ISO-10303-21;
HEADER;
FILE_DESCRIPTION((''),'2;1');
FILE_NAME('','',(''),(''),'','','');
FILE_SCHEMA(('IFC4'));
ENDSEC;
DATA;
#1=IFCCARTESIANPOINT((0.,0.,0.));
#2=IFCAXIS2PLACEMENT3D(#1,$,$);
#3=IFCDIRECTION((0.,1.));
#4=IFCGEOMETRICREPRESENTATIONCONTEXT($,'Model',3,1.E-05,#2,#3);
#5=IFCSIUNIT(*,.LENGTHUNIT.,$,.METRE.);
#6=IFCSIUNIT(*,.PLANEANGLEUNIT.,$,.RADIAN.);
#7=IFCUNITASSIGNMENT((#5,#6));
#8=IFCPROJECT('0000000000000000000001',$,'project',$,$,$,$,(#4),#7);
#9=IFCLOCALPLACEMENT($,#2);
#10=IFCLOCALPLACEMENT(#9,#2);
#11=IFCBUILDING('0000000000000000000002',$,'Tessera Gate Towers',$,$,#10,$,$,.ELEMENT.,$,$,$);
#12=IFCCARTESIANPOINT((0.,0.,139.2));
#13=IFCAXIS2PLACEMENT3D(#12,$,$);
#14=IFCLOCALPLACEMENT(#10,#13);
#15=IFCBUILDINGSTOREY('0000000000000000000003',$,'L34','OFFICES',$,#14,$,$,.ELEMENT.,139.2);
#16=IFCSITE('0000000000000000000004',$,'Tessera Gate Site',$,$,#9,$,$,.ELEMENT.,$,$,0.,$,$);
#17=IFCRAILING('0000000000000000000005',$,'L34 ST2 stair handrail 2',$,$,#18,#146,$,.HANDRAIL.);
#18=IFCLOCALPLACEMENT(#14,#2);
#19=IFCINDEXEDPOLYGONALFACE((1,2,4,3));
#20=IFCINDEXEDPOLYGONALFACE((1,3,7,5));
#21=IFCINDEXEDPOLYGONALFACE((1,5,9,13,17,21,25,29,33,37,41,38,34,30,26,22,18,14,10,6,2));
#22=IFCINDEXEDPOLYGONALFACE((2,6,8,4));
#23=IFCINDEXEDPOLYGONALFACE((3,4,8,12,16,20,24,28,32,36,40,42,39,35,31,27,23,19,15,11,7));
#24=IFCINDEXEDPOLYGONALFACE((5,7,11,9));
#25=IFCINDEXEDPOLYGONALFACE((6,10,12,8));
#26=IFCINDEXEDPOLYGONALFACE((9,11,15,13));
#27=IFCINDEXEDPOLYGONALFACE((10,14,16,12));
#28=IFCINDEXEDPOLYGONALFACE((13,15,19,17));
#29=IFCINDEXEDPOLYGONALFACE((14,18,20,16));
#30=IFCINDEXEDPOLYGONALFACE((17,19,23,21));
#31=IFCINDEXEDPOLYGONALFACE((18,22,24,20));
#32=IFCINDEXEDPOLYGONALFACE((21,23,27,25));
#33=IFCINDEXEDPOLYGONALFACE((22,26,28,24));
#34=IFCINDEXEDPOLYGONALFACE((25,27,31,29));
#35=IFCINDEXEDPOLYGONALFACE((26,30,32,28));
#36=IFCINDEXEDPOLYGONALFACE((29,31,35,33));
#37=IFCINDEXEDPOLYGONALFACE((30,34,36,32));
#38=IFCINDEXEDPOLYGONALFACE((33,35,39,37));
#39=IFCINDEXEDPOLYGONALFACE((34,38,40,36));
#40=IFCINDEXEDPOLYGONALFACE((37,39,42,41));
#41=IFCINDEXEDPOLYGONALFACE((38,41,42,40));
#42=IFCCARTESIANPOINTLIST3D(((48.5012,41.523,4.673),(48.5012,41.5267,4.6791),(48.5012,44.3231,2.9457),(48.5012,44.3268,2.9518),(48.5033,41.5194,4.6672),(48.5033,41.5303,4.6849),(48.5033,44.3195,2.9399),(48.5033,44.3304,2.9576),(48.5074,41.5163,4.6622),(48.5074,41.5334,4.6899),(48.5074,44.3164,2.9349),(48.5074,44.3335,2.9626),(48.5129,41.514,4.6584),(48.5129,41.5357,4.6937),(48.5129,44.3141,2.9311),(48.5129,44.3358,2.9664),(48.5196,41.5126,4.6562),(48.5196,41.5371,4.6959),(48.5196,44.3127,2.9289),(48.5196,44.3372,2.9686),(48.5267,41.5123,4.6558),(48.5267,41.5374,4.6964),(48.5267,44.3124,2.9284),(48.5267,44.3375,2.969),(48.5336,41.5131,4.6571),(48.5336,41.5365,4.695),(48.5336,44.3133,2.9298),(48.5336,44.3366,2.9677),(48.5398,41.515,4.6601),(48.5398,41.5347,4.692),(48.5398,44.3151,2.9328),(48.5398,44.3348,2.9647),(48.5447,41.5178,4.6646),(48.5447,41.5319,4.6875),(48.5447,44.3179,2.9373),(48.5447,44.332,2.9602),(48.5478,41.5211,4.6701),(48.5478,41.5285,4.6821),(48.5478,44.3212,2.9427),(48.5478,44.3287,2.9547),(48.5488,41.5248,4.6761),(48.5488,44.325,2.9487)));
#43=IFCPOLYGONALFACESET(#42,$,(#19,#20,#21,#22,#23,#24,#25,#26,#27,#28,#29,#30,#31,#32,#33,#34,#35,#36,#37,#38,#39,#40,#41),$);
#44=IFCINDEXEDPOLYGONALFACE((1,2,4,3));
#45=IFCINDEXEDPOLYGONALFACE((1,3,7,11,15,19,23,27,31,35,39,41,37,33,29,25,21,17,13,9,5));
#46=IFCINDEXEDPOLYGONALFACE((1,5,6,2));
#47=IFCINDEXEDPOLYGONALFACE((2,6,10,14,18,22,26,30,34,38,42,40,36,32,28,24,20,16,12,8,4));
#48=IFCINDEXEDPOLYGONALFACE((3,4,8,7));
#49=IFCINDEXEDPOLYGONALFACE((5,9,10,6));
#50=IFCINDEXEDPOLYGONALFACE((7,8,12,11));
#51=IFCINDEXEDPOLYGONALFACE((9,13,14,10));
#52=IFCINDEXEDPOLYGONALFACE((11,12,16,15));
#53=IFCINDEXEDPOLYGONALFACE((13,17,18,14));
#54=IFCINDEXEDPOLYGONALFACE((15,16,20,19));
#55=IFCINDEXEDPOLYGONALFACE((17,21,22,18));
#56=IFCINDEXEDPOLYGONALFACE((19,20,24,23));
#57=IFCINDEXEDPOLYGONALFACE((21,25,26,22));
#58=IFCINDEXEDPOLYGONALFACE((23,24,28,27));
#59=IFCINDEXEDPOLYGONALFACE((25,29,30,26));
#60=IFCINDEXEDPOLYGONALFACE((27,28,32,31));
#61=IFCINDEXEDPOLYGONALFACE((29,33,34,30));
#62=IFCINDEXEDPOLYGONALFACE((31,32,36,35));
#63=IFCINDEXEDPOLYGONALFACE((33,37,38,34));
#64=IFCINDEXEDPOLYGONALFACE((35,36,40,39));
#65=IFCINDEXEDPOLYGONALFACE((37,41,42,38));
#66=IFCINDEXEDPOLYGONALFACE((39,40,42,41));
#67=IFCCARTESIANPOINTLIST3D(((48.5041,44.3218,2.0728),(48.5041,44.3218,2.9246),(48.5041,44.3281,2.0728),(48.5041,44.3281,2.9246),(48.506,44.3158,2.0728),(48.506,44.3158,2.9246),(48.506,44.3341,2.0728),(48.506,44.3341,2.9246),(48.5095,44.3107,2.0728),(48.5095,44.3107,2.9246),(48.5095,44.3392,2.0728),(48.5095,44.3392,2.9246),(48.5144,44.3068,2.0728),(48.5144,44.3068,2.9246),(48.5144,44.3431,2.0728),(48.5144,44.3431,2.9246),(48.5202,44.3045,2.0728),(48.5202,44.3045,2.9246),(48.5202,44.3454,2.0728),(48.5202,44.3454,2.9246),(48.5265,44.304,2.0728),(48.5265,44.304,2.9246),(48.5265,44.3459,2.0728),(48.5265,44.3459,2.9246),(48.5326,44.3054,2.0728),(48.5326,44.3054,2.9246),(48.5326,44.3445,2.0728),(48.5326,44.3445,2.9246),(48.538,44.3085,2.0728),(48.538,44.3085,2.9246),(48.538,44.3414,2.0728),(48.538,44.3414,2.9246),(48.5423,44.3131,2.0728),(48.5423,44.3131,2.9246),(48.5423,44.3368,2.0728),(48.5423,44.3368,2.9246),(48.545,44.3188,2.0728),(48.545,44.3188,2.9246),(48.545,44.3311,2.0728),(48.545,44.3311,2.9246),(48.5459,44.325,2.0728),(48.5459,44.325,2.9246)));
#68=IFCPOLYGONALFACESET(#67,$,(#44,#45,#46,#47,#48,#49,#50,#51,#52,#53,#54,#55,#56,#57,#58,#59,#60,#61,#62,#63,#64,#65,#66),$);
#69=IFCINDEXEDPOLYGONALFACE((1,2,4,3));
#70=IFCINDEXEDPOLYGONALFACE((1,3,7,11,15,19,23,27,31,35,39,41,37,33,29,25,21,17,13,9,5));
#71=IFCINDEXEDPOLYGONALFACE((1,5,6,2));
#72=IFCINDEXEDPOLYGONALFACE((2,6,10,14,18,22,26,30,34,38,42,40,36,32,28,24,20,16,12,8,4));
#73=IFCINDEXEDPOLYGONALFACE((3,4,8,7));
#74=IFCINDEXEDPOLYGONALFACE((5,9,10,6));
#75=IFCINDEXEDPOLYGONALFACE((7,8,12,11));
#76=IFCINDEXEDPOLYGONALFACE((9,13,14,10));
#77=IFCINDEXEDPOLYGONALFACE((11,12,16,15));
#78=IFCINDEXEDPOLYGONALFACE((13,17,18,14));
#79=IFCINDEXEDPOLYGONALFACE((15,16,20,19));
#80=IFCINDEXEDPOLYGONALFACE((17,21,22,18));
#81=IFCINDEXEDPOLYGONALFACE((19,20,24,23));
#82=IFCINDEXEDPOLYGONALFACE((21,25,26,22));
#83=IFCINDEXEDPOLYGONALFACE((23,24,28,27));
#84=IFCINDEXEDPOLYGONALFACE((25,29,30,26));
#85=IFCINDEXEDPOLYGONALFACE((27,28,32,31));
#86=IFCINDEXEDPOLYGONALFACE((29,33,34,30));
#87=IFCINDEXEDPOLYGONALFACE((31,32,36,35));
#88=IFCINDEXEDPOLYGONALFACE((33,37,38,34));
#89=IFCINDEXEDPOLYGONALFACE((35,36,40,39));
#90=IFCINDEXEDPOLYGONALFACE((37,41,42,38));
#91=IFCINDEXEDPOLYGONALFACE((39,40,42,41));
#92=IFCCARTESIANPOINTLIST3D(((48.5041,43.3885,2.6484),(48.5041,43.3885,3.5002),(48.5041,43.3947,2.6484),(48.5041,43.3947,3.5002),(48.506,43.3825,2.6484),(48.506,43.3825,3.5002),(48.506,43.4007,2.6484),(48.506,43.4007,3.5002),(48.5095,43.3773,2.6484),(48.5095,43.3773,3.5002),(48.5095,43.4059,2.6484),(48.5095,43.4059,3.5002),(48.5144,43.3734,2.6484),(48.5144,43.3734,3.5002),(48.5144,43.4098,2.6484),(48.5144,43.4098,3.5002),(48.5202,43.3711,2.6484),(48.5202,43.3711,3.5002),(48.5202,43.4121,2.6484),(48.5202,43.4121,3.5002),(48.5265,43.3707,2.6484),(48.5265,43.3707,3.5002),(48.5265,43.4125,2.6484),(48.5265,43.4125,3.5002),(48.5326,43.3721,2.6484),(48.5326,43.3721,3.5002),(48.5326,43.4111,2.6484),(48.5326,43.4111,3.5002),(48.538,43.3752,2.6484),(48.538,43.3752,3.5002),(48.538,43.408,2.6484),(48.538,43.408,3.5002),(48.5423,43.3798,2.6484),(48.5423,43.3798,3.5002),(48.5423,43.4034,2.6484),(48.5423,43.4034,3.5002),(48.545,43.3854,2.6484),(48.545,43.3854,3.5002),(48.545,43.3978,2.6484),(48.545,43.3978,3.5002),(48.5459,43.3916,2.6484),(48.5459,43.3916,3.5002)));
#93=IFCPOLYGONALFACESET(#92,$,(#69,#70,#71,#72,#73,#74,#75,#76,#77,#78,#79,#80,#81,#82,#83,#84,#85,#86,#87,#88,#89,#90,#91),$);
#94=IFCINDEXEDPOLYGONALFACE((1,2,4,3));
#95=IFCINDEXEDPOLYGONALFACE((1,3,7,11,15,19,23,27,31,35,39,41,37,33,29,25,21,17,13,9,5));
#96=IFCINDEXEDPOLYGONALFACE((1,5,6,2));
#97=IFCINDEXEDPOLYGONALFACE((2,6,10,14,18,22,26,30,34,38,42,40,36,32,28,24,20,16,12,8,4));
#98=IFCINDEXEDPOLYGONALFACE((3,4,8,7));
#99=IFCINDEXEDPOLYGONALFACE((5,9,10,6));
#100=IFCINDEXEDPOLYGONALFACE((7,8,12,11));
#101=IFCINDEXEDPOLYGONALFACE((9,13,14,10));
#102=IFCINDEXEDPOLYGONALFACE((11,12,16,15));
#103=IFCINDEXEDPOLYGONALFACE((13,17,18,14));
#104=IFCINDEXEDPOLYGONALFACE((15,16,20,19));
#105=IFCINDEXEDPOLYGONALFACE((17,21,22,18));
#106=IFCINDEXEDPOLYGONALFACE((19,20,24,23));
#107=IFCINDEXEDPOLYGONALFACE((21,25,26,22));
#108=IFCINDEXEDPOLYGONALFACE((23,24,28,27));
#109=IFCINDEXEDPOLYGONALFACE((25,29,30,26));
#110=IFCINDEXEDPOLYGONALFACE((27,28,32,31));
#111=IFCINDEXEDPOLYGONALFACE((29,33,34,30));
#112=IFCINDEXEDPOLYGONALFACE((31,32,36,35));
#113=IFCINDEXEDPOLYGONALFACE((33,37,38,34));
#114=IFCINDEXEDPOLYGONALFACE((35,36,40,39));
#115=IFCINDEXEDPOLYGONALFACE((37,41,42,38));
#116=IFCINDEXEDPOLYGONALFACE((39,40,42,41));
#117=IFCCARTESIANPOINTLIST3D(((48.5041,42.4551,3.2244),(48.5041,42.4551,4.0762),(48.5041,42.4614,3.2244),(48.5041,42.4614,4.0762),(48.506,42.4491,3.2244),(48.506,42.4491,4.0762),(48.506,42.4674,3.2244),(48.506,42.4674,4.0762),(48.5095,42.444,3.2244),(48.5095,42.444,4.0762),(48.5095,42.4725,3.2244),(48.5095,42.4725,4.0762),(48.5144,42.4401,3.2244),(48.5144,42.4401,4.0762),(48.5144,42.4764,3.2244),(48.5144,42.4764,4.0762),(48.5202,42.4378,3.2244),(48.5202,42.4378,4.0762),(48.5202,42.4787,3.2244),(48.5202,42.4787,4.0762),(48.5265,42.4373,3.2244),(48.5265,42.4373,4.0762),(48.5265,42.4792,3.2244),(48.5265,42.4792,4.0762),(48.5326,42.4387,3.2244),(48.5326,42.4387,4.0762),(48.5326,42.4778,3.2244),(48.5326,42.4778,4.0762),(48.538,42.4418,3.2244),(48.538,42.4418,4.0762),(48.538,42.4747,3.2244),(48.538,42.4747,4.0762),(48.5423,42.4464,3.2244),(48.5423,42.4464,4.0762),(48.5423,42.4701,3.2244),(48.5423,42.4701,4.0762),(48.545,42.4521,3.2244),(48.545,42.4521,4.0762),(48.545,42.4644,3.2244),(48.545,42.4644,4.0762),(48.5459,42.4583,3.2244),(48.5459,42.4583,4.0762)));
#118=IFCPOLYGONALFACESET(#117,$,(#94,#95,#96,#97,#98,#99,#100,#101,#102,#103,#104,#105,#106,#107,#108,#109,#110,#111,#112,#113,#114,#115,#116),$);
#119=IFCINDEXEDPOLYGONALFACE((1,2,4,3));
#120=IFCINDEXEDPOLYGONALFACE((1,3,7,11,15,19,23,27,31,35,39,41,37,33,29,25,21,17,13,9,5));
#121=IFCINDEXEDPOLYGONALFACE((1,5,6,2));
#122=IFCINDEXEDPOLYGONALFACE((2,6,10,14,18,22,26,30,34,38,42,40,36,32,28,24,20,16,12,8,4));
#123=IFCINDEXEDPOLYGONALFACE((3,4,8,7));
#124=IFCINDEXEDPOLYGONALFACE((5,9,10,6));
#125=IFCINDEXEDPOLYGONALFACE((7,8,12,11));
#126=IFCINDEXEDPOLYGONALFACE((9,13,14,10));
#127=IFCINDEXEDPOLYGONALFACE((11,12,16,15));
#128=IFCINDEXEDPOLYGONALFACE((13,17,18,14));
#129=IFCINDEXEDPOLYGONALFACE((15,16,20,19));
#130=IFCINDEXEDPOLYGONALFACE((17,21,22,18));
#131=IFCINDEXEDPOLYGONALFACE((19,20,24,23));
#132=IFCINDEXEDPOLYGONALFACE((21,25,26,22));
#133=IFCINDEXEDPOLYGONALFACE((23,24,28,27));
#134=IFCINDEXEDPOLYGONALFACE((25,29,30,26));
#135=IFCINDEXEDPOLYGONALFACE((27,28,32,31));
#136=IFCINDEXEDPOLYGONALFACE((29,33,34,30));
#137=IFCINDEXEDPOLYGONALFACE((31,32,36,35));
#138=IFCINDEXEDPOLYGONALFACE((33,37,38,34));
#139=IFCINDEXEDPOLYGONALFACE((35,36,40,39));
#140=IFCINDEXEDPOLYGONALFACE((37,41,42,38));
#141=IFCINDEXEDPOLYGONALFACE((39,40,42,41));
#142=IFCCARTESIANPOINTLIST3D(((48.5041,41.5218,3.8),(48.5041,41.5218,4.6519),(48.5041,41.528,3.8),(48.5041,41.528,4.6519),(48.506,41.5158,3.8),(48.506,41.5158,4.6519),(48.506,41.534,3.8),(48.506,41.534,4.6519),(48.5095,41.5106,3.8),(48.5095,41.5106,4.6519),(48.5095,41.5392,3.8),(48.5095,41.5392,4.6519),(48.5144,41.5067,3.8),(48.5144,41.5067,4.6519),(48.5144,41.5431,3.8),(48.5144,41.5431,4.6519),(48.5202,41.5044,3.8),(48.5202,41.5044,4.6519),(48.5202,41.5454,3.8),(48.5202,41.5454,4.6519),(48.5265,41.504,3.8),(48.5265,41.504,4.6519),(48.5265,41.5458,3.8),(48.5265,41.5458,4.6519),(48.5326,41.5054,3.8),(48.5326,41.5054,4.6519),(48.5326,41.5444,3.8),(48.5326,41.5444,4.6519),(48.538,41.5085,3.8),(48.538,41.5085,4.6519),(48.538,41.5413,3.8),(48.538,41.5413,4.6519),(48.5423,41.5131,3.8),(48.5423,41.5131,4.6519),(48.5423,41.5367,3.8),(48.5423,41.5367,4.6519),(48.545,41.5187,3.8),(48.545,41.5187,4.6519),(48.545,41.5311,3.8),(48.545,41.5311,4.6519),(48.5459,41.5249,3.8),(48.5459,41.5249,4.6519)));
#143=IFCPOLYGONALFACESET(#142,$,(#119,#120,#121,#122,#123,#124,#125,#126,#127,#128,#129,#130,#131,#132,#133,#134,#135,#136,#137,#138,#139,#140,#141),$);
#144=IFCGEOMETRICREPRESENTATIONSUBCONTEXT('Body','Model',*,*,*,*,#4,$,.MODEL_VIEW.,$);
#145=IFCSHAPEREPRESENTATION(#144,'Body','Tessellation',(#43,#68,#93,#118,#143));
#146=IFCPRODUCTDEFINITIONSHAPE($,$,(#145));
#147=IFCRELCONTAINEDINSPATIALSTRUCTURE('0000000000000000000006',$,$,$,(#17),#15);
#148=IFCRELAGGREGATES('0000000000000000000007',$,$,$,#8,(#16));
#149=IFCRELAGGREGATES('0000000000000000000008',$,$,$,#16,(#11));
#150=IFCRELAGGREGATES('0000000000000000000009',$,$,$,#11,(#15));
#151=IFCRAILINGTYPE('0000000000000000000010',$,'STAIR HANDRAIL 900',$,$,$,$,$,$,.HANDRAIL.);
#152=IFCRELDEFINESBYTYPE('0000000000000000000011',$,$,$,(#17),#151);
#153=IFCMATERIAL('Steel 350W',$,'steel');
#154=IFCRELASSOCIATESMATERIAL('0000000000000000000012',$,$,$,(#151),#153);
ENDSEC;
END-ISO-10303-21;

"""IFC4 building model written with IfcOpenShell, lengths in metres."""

from ifc_helpers import new_model, si_unit, direction, frame, origin, origin_2d, place, context, subcontext, project, spatial, circle, extrude, material, type_object, element, save


model = new_model("IFC4")

# Units and contexts
model_context = context("Model", 3, precision=1e-05, world=origin(), true_north=direction((0.0, 1.0)))
body_context = subcontext(model_context, "Body", "Model", "MODEL_VIEW")
ifc_project = project(units=[si_unit("LENGTHUNIT", "METRE"), si_unit("PLANEANGLEUNIT", "RADIAN")], contexts=[model_context])

# Site, building, storey
site_placement = place(None, origin())
site = spatial("IfcSite", under=ifc_project, at=site_placement, Name="Tessera Gate Site", CompositionType="ELEMENT", RefElevation=0.0)
building_placement = place(site_placement, origin())
building = spatial("IfcBuilding", under=site, at=building_placement, Name="Tessera Gate Towers", CompositionType="ELEMENT")
storey_placement = place(building_placement, frame((0.0, 0.0, 139.2)))
storey = spatial("IfcBuildingStorey", under=building, at=storey_placement, Name="L34", Description="OFFICES", CompositionType="ELEMENT", Elevation=139.2)

# Railing
ifc_material_1 = material(Name="Steel 350W", Category="steel")
railing_type_1 = type_object("IfcRailingType", Name="STAIR HANDRAIL 900", PredefinedType="HANDRAIL", material=ifc_material_1)
railing_1_placement = place(storey_placement, frame((48.5249, 44.325, 2.0728)))
element("IfcRailing", 1, at=railing_1_placement, inside=storey, type_object=railing_type_1, Name="L34 ST2 stair handrail 2", PredefinedType="HANDRAIL", context=body_context, shape_type="SweptSolid", body=[
    extrude(circle(Radius=0.0239, at=origin_2d()), frame((0.0, 0.0, 0.876), z_axis=(0.0, -0.85109, 0.52502), x_axis=(1.0, 0.0, 0.0)), (0.0, 0.0, 1.0), 3.29),
    extrude(circle(Radius=0.021, at=origin_2d()), origin(), (0.0, 0.0, 1.0), 0.8518),
    extrude(circle(Radius=0.021, at=origin_2d()), frame((0.0, -0.9333, 0.5757)), (0.0, 0.0, 1.0), 0.8518),
    extrude(circle(Radius=0.021, at=origin_2d()), frame((0.0, -1.8667, 1.1516)), (0.0, 0.0, 1.0), 0.8518),
    extrude(circle(Radius=0.021, at=origin_2d()), frame((0.0, -2.8, 1.7273)), (0.0, 0.0, 1.0), 0.8518),
])

save(model, "model.ifc")
